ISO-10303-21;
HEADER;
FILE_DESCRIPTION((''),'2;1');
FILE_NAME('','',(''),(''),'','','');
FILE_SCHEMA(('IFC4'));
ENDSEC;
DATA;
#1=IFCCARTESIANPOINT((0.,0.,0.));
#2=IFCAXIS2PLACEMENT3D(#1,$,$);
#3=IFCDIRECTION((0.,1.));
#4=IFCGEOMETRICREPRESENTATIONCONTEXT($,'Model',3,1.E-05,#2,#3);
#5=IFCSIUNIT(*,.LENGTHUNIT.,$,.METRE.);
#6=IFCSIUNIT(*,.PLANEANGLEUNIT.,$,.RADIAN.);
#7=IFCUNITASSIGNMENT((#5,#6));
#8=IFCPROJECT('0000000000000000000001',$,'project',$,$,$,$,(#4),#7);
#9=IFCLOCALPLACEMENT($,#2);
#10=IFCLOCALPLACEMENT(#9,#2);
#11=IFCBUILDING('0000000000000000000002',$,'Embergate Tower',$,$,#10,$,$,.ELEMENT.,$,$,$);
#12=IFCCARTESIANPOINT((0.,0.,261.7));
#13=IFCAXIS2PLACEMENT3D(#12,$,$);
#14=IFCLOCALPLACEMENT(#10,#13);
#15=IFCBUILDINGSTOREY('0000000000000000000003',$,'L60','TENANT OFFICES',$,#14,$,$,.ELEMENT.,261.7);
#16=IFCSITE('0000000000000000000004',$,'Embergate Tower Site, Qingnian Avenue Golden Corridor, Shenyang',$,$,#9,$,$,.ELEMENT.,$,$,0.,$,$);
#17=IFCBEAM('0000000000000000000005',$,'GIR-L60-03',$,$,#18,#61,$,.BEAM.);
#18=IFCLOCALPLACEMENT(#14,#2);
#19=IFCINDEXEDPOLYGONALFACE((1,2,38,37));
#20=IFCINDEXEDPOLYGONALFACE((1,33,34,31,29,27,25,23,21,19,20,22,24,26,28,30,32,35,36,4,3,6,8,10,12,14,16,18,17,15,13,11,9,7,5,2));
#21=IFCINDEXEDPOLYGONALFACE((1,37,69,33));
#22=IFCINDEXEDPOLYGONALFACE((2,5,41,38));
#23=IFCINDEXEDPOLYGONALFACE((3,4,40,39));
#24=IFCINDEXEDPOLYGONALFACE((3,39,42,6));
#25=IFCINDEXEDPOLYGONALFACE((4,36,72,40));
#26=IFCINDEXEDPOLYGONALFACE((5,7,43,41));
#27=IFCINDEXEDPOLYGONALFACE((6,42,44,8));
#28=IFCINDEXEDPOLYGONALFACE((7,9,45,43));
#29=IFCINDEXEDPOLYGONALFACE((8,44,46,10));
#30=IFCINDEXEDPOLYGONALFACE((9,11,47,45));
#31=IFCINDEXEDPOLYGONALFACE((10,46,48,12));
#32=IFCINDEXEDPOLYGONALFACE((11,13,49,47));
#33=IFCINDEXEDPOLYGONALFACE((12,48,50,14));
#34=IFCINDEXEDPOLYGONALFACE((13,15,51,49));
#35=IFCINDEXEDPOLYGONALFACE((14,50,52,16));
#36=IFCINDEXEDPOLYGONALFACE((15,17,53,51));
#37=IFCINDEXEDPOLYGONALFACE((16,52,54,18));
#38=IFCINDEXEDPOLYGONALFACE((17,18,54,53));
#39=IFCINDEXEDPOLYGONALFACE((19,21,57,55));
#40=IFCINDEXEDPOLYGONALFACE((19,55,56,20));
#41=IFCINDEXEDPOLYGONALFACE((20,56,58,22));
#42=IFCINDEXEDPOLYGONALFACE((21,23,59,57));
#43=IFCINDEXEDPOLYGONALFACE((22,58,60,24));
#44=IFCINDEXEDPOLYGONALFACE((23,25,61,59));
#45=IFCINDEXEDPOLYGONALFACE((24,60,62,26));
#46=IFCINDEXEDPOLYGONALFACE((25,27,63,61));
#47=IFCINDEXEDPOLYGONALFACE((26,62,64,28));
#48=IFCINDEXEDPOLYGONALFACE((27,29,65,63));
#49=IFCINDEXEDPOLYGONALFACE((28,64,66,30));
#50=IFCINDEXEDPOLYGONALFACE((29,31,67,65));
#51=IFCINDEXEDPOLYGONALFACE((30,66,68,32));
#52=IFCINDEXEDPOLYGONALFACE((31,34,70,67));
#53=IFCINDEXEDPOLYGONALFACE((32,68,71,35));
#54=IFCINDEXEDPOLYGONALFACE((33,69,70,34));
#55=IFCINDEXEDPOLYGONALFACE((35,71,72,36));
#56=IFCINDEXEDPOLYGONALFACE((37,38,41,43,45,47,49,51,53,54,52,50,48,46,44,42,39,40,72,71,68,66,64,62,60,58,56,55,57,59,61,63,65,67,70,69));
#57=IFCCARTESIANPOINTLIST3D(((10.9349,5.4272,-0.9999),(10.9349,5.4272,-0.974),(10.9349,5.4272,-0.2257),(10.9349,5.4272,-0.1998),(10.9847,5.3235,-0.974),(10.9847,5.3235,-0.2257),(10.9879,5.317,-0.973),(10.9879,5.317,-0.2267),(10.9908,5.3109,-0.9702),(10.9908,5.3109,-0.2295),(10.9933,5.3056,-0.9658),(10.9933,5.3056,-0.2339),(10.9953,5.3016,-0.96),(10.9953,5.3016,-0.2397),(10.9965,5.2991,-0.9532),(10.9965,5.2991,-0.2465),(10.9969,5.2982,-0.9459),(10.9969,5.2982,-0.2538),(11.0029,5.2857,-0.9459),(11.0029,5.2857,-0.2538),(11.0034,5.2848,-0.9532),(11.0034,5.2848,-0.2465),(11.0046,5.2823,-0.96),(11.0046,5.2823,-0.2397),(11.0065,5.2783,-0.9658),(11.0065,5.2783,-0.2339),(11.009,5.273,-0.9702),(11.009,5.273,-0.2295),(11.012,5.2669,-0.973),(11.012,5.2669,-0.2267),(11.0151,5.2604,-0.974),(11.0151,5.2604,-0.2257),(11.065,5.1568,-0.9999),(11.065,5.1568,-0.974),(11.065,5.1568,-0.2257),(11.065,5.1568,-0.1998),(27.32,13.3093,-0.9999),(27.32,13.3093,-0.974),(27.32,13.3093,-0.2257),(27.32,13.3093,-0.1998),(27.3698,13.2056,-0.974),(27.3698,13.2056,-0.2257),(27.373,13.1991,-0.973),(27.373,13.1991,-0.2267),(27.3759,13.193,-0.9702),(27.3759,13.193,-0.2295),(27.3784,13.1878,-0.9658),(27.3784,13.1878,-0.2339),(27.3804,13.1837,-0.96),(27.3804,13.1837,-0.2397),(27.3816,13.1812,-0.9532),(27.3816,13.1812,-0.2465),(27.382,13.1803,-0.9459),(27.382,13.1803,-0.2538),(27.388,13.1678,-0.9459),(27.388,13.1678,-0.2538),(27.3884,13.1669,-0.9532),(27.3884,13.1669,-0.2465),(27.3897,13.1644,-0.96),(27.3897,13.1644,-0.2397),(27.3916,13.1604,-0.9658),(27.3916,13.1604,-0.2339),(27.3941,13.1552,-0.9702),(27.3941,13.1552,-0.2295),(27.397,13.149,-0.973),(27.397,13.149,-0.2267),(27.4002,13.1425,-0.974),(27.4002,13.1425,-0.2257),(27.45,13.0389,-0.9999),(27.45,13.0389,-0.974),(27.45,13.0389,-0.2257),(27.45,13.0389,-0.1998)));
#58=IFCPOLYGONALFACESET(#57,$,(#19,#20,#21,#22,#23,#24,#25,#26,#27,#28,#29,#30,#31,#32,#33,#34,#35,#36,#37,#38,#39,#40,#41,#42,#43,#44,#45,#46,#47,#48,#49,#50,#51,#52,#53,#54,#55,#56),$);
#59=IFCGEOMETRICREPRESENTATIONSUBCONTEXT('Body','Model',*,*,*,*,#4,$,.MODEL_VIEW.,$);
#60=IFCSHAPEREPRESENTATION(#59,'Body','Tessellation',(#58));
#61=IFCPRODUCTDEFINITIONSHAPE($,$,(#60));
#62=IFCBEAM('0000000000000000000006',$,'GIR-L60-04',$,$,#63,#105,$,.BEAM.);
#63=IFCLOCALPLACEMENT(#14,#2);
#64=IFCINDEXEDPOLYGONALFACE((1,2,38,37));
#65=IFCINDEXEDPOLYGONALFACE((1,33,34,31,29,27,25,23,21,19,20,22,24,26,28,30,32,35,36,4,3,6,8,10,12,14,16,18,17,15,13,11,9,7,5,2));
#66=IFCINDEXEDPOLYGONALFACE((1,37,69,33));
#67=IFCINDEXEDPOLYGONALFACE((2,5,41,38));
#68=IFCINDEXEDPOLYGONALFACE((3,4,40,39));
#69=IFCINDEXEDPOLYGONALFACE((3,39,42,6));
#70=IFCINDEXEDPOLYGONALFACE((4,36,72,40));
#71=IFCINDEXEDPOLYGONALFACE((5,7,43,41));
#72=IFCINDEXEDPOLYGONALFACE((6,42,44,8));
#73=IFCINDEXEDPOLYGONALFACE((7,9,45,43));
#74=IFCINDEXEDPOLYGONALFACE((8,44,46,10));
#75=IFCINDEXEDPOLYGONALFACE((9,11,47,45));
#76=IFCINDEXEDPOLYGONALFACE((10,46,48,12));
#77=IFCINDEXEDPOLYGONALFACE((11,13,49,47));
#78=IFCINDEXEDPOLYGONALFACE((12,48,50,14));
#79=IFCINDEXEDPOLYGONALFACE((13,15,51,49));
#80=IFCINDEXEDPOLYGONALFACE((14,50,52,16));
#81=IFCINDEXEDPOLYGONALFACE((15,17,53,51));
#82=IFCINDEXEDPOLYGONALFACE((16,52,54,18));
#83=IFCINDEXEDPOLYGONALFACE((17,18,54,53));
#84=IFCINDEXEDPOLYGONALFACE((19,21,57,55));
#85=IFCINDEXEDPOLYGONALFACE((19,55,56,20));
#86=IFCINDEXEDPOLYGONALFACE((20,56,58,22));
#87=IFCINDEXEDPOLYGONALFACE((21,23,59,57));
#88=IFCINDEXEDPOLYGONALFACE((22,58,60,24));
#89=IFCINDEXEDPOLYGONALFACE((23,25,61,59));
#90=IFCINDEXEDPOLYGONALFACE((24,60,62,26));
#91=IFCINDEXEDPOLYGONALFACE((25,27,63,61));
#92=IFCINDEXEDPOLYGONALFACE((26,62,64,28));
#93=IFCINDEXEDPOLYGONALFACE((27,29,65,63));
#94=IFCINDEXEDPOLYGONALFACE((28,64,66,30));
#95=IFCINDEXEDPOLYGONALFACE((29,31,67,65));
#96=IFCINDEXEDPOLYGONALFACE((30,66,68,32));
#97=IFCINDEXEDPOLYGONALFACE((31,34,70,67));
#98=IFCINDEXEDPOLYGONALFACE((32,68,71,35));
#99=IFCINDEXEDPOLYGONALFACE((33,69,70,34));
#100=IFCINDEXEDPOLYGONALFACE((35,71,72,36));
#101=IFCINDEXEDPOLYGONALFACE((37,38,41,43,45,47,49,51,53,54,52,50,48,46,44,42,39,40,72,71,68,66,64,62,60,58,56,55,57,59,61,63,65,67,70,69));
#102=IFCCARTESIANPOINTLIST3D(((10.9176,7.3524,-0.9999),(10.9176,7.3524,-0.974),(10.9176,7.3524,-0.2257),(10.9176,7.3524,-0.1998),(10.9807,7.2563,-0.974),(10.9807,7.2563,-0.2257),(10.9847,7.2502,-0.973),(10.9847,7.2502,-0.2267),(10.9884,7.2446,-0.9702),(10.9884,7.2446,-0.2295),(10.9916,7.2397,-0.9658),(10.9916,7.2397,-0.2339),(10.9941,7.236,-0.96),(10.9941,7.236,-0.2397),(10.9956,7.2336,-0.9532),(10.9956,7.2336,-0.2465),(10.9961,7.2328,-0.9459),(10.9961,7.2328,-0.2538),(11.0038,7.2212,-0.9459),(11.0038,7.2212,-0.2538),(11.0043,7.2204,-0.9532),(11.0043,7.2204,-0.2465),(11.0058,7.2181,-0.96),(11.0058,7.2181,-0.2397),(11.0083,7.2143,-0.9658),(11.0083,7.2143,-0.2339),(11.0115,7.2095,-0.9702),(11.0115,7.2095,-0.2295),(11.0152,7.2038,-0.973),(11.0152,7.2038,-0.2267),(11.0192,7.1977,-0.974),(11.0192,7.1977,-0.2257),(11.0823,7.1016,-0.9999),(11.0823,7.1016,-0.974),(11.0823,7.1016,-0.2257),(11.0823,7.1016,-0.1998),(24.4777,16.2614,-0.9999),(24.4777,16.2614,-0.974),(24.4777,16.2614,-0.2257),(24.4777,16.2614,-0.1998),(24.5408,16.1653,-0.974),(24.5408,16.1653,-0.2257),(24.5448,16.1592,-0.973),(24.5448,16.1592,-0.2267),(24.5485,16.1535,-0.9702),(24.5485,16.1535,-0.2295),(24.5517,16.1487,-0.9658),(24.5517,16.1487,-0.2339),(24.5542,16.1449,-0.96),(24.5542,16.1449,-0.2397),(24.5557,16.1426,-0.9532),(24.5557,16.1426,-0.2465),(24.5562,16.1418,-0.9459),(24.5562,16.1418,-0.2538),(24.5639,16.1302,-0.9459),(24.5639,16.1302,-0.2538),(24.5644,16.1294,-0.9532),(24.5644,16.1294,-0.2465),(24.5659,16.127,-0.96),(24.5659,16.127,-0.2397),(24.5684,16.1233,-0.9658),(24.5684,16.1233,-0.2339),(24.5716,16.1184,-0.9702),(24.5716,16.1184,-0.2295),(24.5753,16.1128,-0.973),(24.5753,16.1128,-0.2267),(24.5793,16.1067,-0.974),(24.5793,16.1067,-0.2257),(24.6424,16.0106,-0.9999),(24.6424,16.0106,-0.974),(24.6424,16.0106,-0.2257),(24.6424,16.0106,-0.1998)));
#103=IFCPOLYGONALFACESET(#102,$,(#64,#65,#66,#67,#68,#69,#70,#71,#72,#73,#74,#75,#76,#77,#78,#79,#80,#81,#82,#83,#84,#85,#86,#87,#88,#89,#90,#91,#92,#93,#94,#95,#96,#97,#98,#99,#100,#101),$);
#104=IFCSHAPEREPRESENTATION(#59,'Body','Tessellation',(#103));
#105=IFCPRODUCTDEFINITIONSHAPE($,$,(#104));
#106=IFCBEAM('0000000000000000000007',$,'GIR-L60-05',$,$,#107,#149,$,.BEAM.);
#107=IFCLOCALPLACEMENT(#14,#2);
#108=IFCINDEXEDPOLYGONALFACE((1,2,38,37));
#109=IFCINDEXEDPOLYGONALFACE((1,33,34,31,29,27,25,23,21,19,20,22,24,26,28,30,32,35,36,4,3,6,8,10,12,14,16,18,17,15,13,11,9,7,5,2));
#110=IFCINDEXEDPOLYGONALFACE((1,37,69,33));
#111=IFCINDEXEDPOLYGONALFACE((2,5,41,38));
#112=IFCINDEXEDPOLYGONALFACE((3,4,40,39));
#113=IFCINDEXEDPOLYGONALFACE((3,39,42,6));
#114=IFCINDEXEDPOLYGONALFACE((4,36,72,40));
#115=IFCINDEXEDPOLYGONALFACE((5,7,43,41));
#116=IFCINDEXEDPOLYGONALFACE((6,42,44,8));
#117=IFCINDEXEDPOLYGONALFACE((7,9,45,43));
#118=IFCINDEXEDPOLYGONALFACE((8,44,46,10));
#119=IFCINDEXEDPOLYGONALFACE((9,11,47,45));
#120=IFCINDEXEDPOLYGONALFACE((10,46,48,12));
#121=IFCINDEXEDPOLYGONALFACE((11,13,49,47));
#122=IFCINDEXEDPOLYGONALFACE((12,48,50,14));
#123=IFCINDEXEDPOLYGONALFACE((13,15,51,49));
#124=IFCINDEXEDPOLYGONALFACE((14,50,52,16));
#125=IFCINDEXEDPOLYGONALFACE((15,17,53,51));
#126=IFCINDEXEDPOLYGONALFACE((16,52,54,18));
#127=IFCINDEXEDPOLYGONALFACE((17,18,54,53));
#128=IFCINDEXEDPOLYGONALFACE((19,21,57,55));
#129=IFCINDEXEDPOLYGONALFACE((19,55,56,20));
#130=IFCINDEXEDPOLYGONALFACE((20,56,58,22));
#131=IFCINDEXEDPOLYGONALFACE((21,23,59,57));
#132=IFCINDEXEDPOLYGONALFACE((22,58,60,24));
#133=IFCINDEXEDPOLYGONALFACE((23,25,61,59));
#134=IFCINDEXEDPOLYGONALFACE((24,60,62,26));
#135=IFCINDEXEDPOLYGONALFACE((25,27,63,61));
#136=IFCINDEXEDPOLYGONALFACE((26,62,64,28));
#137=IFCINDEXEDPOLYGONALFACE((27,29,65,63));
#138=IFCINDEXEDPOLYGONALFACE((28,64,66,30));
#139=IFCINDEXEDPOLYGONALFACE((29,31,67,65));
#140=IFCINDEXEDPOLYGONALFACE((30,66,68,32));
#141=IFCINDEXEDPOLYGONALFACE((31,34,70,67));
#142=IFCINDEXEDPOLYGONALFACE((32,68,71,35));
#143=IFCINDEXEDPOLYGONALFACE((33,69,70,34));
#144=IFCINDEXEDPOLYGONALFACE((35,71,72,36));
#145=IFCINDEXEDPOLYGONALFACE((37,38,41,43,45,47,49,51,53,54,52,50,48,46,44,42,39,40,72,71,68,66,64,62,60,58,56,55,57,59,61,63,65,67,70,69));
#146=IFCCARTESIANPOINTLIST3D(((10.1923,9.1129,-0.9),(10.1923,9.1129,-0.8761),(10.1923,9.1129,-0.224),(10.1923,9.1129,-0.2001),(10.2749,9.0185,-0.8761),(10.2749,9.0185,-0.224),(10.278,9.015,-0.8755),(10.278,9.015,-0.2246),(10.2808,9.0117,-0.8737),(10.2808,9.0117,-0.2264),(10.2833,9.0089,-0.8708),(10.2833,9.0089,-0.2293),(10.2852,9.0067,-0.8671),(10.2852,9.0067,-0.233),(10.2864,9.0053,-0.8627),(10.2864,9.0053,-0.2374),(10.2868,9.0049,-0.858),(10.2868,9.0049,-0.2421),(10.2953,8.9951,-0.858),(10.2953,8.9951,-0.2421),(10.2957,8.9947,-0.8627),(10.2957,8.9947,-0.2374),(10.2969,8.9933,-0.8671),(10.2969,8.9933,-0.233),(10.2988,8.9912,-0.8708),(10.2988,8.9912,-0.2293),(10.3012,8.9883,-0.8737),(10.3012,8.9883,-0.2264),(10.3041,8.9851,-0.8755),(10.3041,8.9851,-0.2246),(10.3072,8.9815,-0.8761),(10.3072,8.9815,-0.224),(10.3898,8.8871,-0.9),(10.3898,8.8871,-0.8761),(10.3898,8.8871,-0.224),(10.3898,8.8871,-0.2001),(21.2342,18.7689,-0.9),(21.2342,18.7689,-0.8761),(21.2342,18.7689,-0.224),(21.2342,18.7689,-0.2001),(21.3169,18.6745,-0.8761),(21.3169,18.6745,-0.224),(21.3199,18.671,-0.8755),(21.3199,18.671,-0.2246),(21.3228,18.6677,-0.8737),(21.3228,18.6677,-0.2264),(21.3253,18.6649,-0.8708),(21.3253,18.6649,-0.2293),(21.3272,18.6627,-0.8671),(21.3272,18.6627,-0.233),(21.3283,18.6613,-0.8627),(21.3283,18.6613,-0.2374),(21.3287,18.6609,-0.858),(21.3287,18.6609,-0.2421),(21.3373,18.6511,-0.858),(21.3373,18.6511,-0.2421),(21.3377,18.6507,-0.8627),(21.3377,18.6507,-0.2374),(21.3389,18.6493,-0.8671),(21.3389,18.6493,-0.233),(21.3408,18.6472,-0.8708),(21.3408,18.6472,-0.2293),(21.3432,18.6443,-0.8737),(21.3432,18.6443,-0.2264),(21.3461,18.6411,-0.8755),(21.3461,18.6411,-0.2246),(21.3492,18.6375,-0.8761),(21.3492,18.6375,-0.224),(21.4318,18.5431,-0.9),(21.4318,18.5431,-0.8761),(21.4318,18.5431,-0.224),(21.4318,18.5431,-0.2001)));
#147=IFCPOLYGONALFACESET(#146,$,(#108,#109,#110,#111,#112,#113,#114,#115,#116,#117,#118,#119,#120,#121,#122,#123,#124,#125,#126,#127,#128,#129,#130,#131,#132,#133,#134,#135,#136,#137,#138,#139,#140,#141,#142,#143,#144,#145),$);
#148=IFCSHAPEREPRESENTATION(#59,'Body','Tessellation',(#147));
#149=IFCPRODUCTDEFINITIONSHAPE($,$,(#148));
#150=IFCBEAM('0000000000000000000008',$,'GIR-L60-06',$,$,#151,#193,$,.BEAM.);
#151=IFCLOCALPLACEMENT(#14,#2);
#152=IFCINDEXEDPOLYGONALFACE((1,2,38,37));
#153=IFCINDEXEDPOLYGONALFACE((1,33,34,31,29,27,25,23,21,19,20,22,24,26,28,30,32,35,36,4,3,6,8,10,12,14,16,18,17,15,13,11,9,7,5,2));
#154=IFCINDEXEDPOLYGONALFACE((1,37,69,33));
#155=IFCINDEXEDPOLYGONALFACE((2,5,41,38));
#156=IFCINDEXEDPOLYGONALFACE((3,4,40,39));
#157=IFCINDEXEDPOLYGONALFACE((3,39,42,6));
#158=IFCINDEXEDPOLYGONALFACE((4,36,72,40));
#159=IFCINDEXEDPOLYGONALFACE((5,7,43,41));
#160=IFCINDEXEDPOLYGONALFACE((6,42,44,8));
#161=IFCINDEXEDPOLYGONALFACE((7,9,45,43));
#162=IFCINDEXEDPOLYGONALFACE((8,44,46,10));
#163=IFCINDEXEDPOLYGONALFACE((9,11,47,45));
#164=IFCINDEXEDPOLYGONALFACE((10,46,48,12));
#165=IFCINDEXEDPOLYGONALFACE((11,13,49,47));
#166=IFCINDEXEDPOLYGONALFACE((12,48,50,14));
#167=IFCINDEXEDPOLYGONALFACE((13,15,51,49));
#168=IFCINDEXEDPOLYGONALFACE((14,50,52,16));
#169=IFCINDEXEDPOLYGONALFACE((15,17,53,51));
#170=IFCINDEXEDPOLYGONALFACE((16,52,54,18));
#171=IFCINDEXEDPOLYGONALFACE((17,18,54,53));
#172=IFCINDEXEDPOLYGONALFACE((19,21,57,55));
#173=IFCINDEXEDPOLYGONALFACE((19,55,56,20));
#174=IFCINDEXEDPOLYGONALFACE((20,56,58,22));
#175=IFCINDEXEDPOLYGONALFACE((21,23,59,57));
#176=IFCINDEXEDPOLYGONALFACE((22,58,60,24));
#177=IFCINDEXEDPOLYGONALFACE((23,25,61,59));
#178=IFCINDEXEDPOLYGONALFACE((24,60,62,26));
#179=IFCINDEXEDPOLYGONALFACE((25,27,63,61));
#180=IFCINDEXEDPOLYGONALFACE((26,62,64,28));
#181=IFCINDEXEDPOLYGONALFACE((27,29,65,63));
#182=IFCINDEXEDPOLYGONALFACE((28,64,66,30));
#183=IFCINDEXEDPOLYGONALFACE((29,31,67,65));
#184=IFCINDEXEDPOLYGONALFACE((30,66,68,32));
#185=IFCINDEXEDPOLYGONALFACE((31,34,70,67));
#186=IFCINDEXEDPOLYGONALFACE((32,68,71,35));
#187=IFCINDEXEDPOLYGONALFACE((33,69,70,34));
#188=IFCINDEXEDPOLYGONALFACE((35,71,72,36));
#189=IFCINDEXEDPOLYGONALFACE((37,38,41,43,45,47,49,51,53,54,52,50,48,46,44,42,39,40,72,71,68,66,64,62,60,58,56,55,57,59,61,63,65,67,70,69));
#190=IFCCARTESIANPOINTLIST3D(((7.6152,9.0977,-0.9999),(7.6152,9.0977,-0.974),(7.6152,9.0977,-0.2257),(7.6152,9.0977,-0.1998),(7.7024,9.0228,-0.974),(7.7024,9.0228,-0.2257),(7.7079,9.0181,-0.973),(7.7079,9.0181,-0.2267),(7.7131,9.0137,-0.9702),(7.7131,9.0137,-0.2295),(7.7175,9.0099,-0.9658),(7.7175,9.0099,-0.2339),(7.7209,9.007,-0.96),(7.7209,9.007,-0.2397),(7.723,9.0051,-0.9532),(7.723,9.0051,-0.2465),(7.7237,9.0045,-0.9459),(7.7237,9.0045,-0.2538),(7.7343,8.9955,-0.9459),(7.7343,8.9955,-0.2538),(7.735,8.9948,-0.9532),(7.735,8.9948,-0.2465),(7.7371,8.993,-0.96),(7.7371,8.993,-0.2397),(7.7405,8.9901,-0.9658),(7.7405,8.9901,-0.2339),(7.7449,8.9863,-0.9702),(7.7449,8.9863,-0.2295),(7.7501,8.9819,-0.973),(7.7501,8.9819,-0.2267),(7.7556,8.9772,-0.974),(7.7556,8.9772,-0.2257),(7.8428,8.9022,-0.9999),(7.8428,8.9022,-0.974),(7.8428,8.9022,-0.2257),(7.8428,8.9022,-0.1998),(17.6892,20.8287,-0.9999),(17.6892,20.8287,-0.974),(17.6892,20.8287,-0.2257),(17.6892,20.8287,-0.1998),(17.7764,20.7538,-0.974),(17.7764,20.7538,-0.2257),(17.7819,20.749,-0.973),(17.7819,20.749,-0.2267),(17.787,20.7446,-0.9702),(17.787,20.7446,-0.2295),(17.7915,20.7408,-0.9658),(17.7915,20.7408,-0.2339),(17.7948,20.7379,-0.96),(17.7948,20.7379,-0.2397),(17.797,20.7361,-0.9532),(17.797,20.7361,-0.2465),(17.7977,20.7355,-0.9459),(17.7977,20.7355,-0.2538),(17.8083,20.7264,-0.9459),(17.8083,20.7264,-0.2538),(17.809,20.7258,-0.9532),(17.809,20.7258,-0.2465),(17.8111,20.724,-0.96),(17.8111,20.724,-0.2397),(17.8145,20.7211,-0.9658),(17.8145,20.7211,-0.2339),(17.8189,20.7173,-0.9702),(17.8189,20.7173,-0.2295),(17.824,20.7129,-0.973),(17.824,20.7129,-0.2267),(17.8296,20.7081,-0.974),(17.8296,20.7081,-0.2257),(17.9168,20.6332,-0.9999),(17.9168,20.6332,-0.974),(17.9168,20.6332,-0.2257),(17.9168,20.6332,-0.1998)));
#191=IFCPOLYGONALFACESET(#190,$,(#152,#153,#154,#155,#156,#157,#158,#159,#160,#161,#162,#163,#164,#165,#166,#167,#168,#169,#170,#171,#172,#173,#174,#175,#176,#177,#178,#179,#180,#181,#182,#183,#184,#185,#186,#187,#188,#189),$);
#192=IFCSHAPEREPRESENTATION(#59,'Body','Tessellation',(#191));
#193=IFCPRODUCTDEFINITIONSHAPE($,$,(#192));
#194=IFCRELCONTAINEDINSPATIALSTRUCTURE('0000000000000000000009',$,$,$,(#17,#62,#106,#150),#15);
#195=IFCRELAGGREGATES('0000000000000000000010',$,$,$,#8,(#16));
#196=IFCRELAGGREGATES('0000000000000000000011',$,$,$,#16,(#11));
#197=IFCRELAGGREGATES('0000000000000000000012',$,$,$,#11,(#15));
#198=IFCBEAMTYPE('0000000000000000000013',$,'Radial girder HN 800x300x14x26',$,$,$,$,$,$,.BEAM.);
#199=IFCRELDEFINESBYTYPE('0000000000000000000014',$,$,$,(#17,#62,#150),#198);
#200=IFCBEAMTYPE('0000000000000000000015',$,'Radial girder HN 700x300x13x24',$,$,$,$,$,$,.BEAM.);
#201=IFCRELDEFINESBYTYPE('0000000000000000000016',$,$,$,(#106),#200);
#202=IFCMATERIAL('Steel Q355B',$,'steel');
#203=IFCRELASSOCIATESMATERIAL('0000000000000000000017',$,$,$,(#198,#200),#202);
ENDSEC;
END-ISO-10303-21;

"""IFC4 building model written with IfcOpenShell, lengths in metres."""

from ifc_helpers import new_model, si_unit, direction, frame, origin, origin_2d, place, context, subcontext, project, spatial, i_section, extrude, source, transform, mapped, material, material_profile, profile_set, type_object, element, save


model = new_model("IFC4")

# Units and contexts
model_context = context("Model", 3, precision=1e-05, world=origin(), true_north=direction((0.0, 1.0)))
body_context = subcontext(model_context, "Body", "Model", "MODEL_VIEW")
ifc_project = project(units=[si_unit("LENGTHUNIT", "METRE"), si_unit("PLANEANGLEUNIT", "RADIAN")], contexts=[model_context])

# Site, building, storey
site_placement = place(None, origin())
site = spatial("IfcSite", under=ifc_project, at=site_placement, Name="Embergate Tower Site, Qingnian Avenue Golden Corridor, Shenyang", CompositionType="ELEMENT", RefElevation=0.0)
building_placement = place(site_placement, origin())
building = spatial("IfcBuilding", under=site, at=building_placement, Name="Embergate Tower", CompositionType="ELEMENT")
storey_placement = place(building_placement, frame((0.0, 0.0, 261.7)))
storey = spatial("IfcBuildingStorey", under=building, at=storey_placement, Name="L60", Description="TENANT OFFICES", CompositionType="ELEMENT", Elevation=261.7)

# Beams
ifc_material_1 = material(Name="Steel Q355B", Category="steel")
ifc_material_profile_1 = material_profile(ifc_material_1, i_section(OverallWidth=0.3, OverallDepth=0.8, WebThickness=0.0139, FlangeThickness=0.0259, FilletRadius=0.0281, at=origin_2d()), Name="HN 800x300x14x26")
ifc_profile_set_1 = profile_set([ifc_material_profile_1], Name="Steel Q355 grade B")
beam_type_1 = type_object("IfcBeamType", Name="Radial girder HN 800x300x14x26", PredefinedType="BEAM", material=ifc_profile_set_1)
shared_shape_1 = source(origin(), body_context, "Body", "SweptSolid", [
    extrude(i_section(OverallWidth=0.3, OverallDepth=0.8, WebThickness=0.0139, FlangeThickness=0.0259, FilletRadius=0.0281, at=origin_2d()), origin(), (0.0, 0.0, 1.0), 18.1824),
])
beam_1_placement = place(storey_placement, frame((27.385, 13.1741, -0.5999), z_axis=(-0.901152, -0.433503, 0.0), x_axis=(0.433503, -0.901152, 0.0)))
element("IfcBeam", 1, at=beam_1_placement, inside=storey, type_object=beam_type_1, Name="GIR-L60-03", PredefinedType="BEAM", context=body_context, shape_type="MappedRepresentation", body=[
    mapped(shared_shape_1, transform((0.0, 0.0, 0.0))),
])
shared_shape_2 = source(origin(), body_context, "Body", "SweptSolid", [
    extrude(i_section(OverallWidth=0.3, OverallDepth=0.8, WebThickness=0.0139, FlangeThickness=0.0259, FilletRadius=0.0281, at=origin_2d()), origin(), (0.0, 0.0, 1.0), 16.2249),
])
beam_2_placement = place(storey_placement, frame((24.5601, 16.136, -0.5999), z_axis=(-0.835761, -0.549094, 0.0), x_axis=(0.549094, -0.835761, 0.0)))
element("IfcBeam", 2, at=beam_2_placement, inside=storey, type_object=beam_type_1, Name="GIR-L60-04", PredefinedType="BEAM", context=body_context, shape_type="MappedRepresentation", body=[
    mapped(shared_shape_2, transform((0.0, 0.0, 0.0))),
])
ifc_material_profile_2 = material_profile(ifc_material_1, i_section(OverallWidth=0.3, OverallDepth=0.7, WebThickness=0.0129, FlangeThickness=0.0239, FilletRadius=0.0181, at=origin_2d()), Name="HN 700x300x13x24")
ifc_profile_set_2 = profile_set([ifc_material_profile_2], Name="Steel Q355 grade B")
beam_type_2 = type_object("IfcBeamType", Name="Radial girder HN 700x300x13x24", PredefinedType="BEAM", material=ifc_profile_set_2)
shared_shape_3 = source(origin(), body_context, "Body", "SweptSolid", [
    extrude(i_section(OverallWidth=0.3, OverallDepth=0.7, WebThickness=0.0129, FlangeThickness=0.0239, FilletRadius=0.0181, at=origin_2d()), origin(), (0.0, 0.0, 1.0), 14.6685),
])
beam_3_placement = place(storey_placement, frame((21.333, 18.656, -0.55), z_axis=(-0.75277, -0.658283, 0.0), x_axis=(0.658283, -0.75277, 0.0)))
element("IfcBeam", 3, at=beam_3_placement, inside=storey, type_object=beam_type_2, Name="GIR-L60-05", PredefinedType="BEAM", context=body_context, shape_type="MappedRepresentation", body=[
    mapped(shared_shape_3, transform((0.0, 0.0, 0.0))),
])
shared_shape_4 = source(origin(), body_context, "Body", "SweptSolid", [
    extrude(i_section(OverallWidth=0.3, OverallDepth=0.8, WebThickness=0.0139, FlangeThickness=0.0259, FilletRadius=0.0281, at=origin_2d()), origin(), (0.0, 0.0, 1.0), 15.4629),
])
beam_4_placement = place(storey_placement, frame((17.803, 20.731, -0.5999), z_axis=(-0.651495, -0.758653, 0.0), x_axis=(0.758653, -0.651495, 0.0)))
element("IfcBeam", 4, at=beam_4_placement, inside=storey, type_object=beam_type_1, Name="GIR-L60-06", PredefinedType="BEAM", context=body_context, shape_type="MappedRepresentation", body=[
    mapped(shared_shape_4, transform((0.0, 0.0, 0.0))),
])

save(model, "model.ifc")
